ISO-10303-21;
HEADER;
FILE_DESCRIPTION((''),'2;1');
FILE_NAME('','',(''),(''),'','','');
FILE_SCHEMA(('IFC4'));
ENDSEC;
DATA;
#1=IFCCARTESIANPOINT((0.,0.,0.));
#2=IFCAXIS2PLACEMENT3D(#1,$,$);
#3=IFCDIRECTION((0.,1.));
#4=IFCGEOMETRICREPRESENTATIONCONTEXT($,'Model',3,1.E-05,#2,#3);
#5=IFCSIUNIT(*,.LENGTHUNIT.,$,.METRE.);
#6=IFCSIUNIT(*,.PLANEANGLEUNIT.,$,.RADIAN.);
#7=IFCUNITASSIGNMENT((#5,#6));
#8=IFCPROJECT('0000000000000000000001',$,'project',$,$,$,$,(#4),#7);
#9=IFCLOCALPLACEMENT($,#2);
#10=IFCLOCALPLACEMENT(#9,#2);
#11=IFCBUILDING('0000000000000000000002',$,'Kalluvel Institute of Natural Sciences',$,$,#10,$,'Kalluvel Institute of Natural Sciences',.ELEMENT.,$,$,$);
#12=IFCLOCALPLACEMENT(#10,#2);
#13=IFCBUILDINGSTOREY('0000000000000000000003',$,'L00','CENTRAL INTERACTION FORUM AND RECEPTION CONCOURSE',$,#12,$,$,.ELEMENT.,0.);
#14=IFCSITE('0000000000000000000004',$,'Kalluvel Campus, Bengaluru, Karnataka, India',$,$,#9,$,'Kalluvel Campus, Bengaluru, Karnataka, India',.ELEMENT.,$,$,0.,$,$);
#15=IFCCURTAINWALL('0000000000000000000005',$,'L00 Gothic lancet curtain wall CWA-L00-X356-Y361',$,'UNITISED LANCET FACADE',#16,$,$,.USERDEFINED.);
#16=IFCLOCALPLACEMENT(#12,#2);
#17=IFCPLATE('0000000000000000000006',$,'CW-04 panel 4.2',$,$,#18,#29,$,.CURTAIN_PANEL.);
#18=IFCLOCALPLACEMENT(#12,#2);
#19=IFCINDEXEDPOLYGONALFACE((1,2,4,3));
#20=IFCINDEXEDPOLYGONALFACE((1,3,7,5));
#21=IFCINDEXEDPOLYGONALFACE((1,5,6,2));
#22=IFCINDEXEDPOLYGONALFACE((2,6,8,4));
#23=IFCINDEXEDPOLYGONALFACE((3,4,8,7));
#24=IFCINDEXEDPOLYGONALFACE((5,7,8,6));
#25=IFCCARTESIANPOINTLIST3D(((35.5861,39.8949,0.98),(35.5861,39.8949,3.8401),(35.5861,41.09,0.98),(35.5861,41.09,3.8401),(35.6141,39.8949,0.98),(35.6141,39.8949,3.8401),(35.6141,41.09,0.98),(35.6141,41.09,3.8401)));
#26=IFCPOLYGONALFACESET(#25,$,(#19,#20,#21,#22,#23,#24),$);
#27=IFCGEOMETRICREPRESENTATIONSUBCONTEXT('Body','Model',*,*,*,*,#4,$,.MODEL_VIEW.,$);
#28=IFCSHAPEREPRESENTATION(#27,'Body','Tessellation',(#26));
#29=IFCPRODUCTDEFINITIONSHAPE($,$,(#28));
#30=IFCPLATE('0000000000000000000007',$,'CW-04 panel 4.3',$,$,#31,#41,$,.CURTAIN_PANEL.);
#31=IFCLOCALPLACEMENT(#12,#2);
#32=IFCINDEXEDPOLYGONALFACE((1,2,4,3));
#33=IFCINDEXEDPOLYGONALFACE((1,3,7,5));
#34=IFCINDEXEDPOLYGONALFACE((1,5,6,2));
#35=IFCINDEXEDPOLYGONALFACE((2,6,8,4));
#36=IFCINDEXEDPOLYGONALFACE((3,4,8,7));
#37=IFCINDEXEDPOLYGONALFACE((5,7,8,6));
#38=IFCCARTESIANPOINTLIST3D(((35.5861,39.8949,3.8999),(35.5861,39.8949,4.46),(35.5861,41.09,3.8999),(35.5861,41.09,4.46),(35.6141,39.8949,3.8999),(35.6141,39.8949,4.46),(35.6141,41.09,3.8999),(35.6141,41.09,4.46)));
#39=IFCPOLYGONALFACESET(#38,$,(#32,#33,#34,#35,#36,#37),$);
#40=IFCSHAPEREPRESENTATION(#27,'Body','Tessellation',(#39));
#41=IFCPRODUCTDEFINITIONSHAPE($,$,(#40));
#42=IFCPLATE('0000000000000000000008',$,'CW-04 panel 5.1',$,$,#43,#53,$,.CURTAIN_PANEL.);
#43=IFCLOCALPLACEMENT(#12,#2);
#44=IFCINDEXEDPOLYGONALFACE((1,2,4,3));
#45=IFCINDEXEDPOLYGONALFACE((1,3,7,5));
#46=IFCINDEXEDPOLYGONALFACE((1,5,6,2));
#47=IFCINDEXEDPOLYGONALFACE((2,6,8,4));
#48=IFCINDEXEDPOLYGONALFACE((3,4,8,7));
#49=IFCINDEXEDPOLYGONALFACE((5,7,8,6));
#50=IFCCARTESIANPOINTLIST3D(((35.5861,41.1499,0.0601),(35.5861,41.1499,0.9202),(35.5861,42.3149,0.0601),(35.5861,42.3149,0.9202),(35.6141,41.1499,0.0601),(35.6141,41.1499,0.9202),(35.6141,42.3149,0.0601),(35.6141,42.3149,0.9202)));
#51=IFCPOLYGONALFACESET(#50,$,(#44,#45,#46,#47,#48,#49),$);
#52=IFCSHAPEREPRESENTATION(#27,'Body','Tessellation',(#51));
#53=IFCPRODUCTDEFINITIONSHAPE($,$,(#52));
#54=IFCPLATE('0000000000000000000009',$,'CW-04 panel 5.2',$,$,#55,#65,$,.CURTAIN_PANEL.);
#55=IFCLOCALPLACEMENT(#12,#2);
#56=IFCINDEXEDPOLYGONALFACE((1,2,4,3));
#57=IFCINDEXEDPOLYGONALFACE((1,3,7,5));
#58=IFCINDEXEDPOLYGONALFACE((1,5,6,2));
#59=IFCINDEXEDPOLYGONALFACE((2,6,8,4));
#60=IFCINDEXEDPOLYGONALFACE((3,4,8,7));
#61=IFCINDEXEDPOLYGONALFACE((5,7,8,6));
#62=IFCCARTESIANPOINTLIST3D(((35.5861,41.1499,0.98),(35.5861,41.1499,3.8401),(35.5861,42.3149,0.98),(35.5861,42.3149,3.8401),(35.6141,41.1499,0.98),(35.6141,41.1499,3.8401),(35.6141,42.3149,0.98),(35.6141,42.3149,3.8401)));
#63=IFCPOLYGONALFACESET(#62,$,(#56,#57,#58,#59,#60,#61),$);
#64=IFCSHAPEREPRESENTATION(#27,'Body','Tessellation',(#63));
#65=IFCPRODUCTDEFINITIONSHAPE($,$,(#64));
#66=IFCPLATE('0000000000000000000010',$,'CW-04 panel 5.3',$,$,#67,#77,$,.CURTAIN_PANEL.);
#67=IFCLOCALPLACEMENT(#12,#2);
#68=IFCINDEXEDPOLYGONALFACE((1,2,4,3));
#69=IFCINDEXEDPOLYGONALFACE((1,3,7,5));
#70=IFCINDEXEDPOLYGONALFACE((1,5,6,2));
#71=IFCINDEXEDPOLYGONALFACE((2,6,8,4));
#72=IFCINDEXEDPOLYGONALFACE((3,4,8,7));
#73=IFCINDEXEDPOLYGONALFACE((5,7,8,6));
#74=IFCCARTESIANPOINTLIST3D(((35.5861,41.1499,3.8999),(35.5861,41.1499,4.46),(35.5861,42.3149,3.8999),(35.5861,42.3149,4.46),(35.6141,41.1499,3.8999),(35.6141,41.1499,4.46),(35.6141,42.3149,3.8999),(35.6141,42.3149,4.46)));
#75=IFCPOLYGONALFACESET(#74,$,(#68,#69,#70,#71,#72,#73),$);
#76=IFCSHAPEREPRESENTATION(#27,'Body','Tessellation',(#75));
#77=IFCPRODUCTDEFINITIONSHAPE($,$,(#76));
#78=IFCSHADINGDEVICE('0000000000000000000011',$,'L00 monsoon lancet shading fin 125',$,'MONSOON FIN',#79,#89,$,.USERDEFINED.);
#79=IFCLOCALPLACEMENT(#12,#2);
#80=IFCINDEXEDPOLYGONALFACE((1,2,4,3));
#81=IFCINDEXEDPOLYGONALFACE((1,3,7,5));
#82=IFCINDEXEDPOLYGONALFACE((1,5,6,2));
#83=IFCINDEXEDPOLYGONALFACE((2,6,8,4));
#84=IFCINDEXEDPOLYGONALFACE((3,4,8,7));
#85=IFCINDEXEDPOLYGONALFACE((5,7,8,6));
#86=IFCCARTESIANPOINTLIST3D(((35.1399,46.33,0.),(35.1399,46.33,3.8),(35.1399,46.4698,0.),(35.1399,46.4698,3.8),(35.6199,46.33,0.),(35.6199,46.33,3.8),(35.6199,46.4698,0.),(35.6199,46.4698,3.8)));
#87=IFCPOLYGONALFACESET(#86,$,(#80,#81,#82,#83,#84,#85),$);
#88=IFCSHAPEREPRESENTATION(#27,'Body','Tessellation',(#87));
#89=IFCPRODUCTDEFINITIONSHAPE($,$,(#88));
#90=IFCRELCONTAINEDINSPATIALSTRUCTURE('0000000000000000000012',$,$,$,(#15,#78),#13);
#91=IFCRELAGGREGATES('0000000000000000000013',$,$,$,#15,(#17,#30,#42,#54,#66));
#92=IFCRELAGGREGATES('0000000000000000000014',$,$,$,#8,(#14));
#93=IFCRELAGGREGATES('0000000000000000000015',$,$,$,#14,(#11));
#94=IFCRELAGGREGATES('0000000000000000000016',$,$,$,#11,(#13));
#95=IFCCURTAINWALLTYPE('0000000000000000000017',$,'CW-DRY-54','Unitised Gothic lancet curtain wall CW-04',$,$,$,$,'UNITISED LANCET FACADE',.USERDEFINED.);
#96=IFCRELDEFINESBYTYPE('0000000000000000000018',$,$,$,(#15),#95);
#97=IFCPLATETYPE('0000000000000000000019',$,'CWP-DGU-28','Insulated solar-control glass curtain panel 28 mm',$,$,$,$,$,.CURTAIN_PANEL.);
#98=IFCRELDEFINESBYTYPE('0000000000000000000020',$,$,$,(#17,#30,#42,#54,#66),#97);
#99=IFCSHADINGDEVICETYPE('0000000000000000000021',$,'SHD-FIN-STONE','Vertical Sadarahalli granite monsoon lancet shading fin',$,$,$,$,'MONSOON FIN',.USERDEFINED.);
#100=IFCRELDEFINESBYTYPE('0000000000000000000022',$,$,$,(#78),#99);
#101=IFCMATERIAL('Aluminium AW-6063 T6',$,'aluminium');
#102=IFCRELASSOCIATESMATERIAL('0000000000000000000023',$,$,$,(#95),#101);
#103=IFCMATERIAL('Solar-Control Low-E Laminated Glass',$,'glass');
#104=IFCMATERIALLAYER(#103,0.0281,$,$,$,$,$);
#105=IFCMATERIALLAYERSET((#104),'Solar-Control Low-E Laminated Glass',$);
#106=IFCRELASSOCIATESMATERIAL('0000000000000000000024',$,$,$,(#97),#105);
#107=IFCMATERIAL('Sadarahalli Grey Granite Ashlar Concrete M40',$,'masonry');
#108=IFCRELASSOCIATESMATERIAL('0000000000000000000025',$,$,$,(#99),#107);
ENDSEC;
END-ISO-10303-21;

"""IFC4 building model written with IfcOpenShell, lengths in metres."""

from ifc_helpers import new_model, si_unit, direction, frame, origin, origin_2d, place, context, subcontext, project, spatial, rectangle, extrude, material, layer, layer_set, type_object, element, aggregate, save


model = new_model("IFC4")

# Units and contexts
model_context = context("Model", 3, precision=1e-05, world=origin(), true_north=direction((0.0, 1.0)))
body_context = subcontext(model_context, "Body", "Model", "MODEL_VIEW")
ifc_project = project(units=[si_unit("LENGTHUNIT", "METRE"), si_unit("PLANEANGLEUNIT", "RADIAN")], contexts=[model_context])

# Site, building, storey
site_placement = place(None, origin())
site = spatial("IfcSite", under=ifc_project, at=site_placement, Name="Kalluvel Campus, Bengaluru, Karnataka, India", LongName="Kalluvel Campus, Bengaluru, Karnataka, India", CompositionType="ELEMENT", RefElevation=0.0)
building_placement = place(site_placement, origin())
building = spatial("IfcBuilding", under=site, at=building_placement, Name="Kalluvel Institute of Natural Sciences", LongName="Kalluvel Institute of Natural Sciences", CompositionType="ELEMENT")
storey_placement = place(building_placement, origin())
storey = spatial("IfcBuildingStorey", under=building, at=storey_placement, Name="L00", Description="CENTRAL INTERACTION FORUM AND RECEPTION CONCOURSE", CompositionType="ELEMENT", Elevation=0.0)

# Curtain wall
ifc_material_1 = material(Name="Aluminium AW-6063 T6", Category="aluminium")
curtain_wall_type = type_object("IfcCurtainWallType", Name="CW-DRY-54", Description="Unitised Gothic lancet curtain wall CW-04", ElementType="UNITISED LANCET FACADE", PredefinedType="USERDEFINED", material=ifc_material_1)
curtain_wall_1_placement = place(storey_placement, origin())
curtain_wall_1 = element("IfcCurtainWall", 1, at=curtain_wall_1_placement, inside=storey, type_object=curtain_wall_type, Name="L00 Gothic lancet curtain wall CWA-L00-X356-Y361", ObjectType="UNITISED LANCET FACADE", PredefinedType="USERDEFINED")

# Plates
ifc_material_2 = material(Name="Solar-Control Low-E Laminated Glass", Category="glass")
ifc_layer = layer(ifc_material_2, 0.0281)
ifc_layer_set = layer_set([ifc_layer], Name="Solar-Control Low-E Laminated Glass")
plate_type = type_object("IfcPlateType", Name="CWP-DGU-28", Description="Insulated solar-control glass curtain panel 28 mm", PredefinedType="CURTAIN_PANEL", material=ifc_layer_set)
plate_1_placement = place(storey_placement, frame((35.6001, 40.4924, 0.98), z_axis=(0.0, 0.0, 1.0), x_axis=(0.0, 1.0, 0.0)))
plate_1 = element("IfcPlate", 2, at=plate_1_placement, type_object=plate_type, Name="CW-04 panel 4.2", PredefinedType="CURTAIN_PANEL", context=body_context, shape_type="SweptSolid", body=[
    extrude(rectangle(XDim=1.1951, YDim=0.0281, at=origin_2d()), origin(), (0.0, 0.0, 1.0), 2.8601),
])
plate_2_placement = place(storey_placement, frame((35.6001, 40.4924, 3.8999), z_axis=(0.0, 0.0, 1.0), x_axis=(0.0, 1.0, 0.0)))
plate_2 = element("IfcPlate", 3, at=plate_2_placement, type_object=plate_type, Name="CW-04 panel 4.3", PredefinedType="CURTAIN_PANEL", context=body_context, shape_type="SweptSolid", body=[
    extrude(rectangle(XDim=1.1951, YDim=0.0281, at=origin_2d()), origin(), (0.0, 0.0, 1.0), 0.5601),
])
plate_3_placement = place(storey_placement, frame((35.6001, 41.7324, 0.0601), z_axis=(0.0, 0.0, 1.0), x_axis=(0.0, 1.0, 0.0)))
plate_3 = element("IfcPlate", 4, at=plate_3_placement, type_object=plate_type, Name="CW-04 panel 5.1", PredefinedType="CURTAIN_PANEL", context=body_context, shape_type="SweptSolid", body=[
    extrude(rectangle(XDim=1.165, YDim=0.0281, at=origin_2d()), origin(), (0.0, 0.0, 1.0), 0.8601),
])
plate_4_placement = place(storey_placement, frame((35.6001, 41.7324, 0.98), z_axis=(0.0, 0.0, 1.0), x_axis=(0.0, 1.0, 0.0)))
plate_4 = element("IfcPlate", 5, at=plate_4_placement, type_object=plate_type, Name="CW-04 panel 5.2", PredefinedType="CURTAIN_PANEL", context=body_context, shape_type="SweptSolid", body=[
    extrude(rectangle(XDim=1.165, YDim=0.0281, at=origin_2d()), origin(), (0.0, 0.0, 1.0), 2.8601),
])
plate_5_placement = place(storey_placement, frame((35.6001, 41.7324, 3.8999), z_axis=(0.0, 0.0, 1.0), x_axis=(0.0, 1.0, 0.0)))
plate_5 = element("IfcPlate", 6, at=plate_5_placement, type_object=plate_type, Name="CW-04 panel 5.3", PredefinedType="CURTAIN_PANEL", context=body_context, shape_type="SweptSolid", body=[
    extrude(rectangle(XDim=1.165, YDim=0.0281, at=origin_2d()), origin(), (0.0, 0.0, 1.0), 0.5601),
])
aggregate(curtain_wall_1, [plate_1, plate_2, plate_3, plate_4, plate_5])

# Shading device
ifc_material_3 = material(Name="Sadarahalli Grey Granite Ashlar Concrete M40", Category="masonry")
shading_device_type = type_object("IfcShadingDeviceType", Name="SHD-FIN-STONE", Description="Vertical Sadarahalli granite monsoon lancet shading fin", ElementType="MONSOON FIN", PredefinedType="USERDEFINED", material=ifc_material_3)
shading_device_placement = place(storey_placement, frame((35.3799, 46.3999, 0.0), z_axis=(0.0, 0.0, 1.0), x_axis=(0.0, 1.0, 0.0)))
element("IfcShadingDevice", 7, at=shading_device_placement, inside=storey, type_object=shading_device_type, Name="L00 monsoon lancet shading fin 125", ObjectType="MONSOON FIN", PredefinedType="USERDEFINED", context=body_context, shape_type="SweptSolid", body=[
    extrude(rectangle(XDim=0.1399, YDim=0.48, at=origin_2d()), origin(), (0.0, 0.0, 1.0), 3.8),
])

save(model, "model.ifc")
